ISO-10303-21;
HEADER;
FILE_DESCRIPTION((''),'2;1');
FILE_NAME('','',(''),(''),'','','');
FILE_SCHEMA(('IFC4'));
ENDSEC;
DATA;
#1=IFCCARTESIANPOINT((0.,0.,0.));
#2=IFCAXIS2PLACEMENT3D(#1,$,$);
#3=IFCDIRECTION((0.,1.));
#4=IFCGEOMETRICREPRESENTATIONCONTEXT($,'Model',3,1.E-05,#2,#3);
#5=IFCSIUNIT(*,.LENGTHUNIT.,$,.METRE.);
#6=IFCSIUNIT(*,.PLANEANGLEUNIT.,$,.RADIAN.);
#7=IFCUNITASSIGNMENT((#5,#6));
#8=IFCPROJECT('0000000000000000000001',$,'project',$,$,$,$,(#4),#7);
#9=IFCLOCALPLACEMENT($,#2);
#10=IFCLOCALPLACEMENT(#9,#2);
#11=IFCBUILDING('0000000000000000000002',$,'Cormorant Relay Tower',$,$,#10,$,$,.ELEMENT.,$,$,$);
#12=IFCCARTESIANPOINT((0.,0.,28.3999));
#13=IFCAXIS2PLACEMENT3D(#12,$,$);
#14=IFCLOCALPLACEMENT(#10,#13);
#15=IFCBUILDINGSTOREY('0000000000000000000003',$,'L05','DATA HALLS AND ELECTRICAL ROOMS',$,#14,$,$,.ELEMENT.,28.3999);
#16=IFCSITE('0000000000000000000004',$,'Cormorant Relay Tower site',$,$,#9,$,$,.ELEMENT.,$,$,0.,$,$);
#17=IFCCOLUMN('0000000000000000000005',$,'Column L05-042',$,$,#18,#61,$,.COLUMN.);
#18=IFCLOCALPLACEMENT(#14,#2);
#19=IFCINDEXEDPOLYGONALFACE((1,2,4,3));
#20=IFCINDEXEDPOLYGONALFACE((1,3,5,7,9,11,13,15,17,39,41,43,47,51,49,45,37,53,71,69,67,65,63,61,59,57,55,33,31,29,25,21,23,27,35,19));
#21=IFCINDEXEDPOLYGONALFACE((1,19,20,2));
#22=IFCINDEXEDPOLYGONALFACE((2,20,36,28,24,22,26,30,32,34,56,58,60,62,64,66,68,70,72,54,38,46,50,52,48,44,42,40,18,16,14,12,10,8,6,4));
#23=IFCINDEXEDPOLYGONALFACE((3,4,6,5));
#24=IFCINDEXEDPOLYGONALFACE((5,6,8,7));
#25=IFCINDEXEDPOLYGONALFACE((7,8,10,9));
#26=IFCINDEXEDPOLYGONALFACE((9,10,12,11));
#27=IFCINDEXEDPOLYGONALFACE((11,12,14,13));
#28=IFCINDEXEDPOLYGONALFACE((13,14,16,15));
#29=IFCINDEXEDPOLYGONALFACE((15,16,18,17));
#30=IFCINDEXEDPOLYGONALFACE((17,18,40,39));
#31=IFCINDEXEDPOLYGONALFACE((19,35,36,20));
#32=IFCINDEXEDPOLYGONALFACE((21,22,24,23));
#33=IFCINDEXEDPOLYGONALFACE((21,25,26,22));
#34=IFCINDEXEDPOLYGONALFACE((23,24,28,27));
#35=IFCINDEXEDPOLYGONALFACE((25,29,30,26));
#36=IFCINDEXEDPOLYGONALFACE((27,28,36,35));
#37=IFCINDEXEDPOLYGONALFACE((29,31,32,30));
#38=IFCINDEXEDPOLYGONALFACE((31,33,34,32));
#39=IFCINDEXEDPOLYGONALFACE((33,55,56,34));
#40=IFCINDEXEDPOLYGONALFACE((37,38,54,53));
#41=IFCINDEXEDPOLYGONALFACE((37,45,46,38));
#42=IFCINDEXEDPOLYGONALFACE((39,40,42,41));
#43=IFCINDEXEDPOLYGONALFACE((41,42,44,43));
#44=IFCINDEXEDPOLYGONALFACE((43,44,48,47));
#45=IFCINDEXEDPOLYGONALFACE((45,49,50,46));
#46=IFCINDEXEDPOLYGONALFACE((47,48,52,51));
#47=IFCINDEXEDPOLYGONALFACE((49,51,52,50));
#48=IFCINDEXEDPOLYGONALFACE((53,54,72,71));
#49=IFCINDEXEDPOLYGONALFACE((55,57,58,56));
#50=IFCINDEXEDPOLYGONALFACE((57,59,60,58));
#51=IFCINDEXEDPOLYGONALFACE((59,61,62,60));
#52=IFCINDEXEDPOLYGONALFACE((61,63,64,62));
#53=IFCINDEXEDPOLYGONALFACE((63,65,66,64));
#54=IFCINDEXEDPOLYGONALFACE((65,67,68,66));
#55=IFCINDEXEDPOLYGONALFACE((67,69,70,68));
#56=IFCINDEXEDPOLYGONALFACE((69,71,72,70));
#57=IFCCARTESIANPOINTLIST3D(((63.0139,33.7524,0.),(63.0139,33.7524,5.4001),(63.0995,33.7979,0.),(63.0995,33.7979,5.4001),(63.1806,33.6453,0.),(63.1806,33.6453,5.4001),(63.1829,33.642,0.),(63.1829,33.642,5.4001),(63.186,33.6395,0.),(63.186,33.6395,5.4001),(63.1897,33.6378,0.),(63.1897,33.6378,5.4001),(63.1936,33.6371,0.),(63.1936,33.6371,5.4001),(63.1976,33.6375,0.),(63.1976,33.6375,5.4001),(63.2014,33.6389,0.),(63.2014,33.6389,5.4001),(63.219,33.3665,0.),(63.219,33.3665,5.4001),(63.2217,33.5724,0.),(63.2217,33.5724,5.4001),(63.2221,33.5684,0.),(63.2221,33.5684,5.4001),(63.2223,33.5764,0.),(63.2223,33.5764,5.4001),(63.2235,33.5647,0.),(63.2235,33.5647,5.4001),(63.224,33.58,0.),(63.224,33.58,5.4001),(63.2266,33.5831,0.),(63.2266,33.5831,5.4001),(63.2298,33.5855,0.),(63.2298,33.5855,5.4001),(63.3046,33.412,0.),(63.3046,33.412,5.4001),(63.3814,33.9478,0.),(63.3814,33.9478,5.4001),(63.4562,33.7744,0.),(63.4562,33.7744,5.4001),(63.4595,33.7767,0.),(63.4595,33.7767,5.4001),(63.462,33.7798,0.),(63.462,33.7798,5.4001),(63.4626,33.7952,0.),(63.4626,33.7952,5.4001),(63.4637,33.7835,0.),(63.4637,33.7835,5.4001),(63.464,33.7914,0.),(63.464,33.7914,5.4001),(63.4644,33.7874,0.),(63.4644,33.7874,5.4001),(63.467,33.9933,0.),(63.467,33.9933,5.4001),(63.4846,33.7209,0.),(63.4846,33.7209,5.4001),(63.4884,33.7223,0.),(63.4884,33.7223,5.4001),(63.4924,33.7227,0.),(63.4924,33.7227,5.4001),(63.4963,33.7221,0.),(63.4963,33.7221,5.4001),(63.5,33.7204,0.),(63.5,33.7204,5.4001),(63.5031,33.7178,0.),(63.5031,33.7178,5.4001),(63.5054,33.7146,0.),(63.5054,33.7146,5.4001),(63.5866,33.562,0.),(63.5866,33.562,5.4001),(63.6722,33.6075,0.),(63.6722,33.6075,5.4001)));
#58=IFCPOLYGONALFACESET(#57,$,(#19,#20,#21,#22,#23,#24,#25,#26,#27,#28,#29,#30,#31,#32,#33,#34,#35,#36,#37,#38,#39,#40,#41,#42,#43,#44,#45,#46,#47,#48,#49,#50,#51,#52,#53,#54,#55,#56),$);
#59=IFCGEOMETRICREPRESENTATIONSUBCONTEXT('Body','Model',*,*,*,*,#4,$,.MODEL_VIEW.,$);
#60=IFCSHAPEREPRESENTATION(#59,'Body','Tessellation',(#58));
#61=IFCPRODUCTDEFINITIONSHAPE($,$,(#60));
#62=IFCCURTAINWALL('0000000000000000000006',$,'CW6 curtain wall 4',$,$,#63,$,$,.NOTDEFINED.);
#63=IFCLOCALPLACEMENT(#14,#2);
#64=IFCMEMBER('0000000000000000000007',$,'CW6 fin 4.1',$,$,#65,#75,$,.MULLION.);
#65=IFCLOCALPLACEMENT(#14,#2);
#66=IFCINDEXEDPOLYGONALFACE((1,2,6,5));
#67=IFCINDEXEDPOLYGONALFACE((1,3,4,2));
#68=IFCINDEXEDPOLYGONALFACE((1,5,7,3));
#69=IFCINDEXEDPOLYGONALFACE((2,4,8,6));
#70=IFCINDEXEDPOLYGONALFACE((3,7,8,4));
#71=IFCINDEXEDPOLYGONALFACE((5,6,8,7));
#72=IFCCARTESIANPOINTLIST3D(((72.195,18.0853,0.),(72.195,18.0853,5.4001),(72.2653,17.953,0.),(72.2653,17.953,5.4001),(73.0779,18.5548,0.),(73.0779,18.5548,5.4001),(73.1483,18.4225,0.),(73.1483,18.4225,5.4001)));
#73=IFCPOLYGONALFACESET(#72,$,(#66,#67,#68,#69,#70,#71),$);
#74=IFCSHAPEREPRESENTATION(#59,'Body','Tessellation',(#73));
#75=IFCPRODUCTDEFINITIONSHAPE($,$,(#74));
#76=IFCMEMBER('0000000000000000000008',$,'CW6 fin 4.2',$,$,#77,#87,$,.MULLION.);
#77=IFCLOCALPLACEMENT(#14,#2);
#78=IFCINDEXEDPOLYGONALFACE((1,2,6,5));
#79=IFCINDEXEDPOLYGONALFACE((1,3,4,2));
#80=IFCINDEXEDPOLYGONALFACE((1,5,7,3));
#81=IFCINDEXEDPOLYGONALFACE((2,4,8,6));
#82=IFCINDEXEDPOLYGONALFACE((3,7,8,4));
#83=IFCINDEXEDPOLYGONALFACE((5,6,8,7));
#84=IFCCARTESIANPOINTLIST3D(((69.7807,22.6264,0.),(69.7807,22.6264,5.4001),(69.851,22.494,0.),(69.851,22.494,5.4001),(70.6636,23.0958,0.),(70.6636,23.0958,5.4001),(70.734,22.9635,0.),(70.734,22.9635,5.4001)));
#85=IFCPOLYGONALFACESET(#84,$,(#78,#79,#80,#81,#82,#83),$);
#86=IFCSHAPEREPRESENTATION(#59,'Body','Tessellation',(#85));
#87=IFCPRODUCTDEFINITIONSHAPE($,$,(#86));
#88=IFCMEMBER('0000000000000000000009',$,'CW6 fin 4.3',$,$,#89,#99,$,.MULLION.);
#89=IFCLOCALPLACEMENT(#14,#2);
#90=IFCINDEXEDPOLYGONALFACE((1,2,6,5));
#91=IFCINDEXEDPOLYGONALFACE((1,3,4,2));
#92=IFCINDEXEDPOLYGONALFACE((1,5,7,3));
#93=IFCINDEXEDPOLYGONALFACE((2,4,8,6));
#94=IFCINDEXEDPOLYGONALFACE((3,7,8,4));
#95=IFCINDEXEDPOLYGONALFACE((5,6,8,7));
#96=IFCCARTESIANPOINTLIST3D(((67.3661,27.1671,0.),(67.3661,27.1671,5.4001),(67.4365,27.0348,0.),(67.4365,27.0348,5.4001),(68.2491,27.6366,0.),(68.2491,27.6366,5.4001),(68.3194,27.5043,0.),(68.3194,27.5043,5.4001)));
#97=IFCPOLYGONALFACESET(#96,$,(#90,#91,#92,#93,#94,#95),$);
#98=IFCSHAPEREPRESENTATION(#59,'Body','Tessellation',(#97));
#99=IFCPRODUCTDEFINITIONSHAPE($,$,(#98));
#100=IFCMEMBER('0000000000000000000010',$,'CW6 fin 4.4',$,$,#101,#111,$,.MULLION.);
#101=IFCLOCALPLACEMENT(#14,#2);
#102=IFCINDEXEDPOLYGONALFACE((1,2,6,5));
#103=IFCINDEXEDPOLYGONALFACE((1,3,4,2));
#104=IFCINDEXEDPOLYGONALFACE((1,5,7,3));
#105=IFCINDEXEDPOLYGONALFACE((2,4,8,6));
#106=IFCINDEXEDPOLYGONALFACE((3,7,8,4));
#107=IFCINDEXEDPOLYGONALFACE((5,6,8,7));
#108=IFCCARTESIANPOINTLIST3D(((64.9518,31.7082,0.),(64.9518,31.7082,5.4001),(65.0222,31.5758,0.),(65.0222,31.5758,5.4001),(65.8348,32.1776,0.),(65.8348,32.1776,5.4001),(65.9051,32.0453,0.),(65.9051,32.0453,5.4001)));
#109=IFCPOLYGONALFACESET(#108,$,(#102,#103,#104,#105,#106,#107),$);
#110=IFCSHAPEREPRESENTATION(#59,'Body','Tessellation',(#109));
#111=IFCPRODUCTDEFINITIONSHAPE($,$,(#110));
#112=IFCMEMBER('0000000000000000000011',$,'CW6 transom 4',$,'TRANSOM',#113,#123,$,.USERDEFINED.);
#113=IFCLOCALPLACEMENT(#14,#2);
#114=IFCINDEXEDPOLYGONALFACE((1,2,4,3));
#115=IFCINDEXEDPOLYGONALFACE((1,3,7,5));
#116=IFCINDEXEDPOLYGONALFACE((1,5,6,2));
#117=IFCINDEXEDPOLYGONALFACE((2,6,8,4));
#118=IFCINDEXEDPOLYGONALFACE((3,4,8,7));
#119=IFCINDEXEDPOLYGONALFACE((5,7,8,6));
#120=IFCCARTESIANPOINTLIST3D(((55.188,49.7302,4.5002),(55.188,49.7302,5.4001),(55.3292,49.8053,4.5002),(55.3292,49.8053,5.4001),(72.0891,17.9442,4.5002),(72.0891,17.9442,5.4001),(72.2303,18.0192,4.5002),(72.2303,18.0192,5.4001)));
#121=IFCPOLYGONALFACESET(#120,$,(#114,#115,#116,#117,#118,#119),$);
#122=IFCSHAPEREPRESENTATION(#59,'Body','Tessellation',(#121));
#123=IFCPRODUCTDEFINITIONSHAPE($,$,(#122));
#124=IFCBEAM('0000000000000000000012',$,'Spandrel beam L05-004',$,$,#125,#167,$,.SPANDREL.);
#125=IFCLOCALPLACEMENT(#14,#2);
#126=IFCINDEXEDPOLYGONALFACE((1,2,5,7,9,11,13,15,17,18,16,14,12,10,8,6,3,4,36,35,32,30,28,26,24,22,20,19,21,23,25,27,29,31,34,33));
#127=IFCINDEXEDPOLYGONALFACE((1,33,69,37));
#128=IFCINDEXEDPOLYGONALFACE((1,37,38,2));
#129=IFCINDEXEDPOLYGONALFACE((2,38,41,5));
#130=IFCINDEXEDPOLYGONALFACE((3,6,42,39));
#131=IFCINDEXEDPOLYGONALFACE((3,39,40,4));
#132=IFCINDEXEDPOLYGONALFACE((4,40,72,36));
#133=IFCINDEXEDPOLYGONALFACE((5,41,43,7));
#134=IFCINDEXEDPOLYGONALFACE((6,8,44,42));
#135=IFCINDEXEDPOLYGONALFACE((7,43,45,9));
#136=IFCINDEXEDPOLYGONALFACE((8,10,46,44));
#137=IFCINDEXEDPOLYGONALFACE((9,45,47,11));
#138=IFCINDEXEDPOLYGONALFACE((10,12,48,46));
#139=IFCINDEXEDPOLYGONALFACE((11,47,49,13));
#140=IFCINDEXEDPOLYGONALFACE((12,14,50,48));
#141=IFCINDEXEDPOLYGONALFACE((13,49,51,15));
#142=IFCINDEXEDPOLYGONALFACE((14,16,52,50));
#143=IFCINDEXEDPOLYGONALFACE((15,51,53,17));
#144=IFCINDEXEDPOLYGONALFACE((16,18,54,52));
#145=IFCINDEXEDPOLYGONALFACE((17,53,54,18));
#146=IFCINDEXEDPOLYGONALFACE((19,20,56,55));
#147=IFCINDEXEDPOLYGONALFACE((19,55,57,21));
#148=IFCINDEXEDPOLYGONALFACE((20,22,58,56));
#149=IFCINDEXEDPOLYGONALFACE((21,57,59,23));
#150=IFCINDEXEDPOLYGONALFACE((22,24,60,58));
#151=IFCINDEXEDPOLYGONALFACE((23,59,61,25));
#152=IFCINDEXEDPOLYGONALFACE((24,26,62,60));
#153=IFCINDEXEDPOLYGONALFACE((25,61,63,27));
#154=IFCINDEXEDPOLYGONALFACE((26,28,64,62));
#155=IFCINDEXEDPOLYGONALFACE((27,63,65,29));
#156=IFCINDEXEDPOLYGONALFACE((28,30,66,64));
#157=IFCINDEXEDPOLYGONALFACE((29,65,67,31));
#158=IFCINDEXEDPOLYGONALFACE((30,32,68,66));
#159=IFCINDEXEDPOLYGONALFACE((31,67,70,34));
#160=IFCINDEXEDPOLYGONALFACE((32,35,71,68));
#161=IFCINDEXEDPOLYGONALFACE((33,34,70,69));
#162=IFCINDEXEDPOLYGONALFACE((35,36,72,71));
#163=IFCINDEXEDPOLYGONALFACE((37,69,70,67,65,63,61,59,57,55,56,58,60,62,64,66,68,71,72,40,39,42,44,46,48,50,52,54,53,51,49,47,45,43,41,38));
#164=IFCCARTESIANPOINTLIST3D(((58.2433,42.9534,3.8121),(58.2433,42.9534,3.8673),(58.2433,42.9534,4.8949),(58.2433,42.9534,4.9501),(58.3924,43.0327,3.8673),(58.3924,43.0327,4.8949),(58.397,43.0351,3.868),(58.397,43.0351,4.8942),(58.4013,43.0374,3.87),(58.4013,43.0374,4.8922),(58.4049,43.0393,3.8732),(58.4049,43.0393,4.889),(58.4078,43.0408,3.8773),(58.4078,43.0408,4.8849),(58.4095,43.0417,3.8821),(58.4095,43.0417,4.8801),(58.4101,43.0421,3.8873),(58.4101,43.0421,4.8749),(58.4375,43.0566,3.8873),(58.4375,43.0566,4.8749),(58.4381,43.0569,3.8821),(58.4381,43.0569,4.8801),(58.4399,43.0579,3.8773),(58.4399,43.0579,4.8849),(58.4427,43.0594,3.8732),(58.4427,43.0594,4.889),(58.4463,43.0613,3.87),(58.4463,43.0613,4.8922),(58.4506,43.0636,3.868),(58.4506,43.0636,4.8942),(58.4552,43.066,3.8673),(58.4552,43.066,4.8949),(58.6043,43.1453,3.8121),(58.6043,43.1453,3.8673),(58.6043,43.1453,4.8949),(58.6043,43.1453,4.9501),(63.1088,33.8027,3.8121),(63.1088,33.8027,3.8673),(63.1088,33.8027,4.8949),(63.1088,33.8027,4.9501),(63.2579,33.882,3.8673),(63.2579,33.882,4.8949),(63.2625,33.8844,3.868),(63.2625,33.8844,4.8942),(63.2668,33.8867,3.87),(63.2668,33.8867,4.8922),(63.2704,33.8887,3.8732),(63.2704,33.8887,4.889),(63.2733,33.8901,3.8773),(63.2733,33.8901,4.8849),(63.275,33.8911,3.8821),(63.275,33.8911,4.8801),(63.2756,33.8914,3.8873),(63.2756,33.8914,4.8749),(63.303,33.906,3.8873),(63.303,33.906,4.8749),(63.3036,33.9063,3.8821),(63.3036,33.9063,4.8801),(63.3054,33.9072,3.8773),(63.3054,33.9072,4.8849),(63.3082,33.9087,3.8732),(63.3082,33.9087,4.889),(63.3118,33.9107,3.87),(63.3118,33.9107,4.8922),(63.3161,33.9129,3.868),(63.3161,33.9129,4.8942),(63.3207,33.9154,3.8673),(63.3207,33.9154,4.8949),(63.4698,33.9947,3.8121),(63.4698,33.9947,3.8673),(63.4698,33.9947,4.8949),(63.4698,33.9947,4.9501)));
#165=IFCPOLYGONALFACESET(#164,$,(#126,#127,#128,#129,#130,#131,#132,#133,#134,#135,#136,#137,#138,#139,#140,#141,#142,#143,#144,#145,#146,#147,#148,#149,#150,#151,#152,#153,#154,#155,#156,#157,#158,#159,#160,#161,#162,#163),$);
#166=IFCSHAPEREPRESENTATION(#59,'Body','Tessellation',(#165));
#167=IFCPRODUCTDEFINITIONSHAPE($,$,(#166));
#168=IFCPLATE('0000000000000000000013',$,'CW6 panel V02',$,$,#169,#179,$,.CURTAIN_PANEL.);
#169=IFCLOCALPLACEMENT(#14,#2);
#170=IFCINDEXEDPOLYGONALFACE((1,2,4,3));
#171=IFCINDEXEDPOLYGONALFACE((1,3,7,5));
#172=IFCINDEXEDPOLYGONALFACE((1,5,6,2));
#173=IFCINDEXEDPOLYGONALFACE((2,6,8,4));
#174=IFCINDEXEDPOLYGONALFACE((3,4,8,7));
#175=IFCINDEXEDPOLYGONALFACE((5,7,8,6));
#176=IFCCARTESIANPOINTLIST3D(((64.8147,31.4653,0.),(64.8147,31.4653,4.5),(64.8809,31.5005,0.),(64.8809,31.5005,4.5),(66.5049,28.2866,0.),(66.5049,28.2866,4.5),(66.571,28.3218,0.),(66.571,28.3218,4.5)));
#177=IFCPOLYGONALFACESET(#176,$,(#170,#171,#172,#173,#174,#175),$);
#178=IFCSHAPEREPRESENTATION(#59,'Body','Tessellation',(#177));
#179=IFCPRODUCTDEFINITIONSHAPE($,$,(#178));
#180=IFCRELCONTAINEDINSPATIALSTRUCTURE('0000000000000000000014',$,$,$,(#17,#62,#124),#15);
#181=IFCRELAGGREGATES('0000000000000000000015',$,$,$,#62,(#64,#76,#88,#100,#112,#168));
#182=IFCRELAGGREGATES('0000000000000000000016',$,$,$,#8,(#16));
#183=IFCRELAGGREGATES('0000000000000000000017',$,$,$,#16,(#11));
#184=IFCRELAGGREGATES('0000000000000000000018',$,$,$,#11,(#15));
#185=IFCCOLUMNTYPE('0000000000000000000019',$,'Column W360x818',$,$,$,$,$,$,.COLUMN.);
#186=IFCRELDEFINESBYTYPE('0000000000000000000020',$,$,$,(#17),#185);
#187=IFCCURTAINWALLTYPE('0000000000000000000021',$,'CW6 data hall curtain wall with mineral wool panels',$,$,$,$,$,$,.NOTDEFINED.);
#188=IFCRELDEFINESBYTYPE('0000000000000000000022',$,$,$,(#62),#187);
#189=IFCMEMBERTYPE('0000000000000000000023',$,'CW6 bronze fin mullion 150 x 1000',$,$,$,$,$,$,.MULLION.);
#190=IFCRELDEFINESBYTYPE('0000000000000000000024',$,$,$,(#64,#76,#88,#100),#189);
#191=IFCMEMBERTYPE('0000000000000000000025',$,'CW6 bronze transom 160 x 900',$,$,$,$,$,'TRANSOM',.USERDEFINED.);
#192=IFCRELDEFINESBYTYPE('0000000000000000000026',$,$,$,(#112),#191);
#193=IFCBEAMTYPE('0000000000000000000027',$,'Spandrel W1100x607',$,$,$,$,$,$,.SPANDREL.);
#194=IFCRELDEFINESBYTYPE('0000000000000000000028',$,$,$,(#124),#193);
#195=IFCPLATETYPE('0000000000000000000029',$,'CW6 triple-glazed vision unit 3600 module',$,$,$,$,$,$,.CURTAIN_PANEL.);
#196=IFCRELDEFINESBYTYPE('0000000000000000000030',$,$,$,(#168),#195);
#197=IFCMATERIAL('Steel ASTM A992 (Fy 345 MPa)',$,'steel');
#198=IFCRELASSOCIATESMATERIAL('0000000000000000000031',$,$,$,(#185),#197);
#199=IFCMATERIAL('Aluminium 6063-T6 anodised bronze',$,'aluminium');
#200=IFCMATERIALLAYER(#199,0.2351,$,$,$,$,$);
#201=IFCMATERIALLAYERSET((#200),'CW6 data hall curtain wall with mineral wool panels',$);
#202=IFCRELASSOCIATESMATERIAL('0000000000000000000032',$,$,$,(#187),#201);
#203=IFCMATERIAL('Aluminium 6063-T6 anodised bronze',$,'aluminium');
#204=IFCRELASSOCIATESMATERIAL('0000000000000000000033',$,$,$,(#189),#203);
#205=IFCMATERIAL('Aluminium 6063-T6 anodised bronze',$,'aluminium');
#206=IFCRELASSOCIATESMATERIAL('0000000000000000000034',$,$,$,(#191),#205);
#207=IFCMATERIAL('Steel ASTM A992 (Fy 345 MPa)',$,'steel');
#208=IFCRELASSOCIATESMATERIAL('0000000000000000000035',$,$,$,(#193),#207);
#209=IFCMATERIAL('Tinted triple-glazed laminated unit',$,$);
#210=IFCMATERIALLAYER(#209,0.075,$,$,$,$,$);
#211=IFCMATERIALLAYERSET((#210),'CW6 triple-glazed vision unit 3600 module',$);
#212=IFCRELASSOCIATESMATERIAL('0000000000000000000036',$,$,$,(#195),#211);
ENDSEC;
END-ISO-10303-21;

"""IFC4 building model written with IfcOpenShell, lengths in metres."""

from ifc_helpers import new_model, si_unit, direction, frame, origin, origin_2d, place, context, subcontext, project, spatial, rectangle, i_section, extrude, material, layer, layer_set, material_profile, profile_set, type_object, element, aggregate, save


model = new_model("IFC4")

# Units and contexts
model_context = context("Model", 3, precision=1e-05, world=origin(), true_north=direction((0.0, 1.0)))
body_context = subcontext(model_context, "Body", "Model", "MODEL_VIEW")
ifc_project = project(units=[si_unit("LENGTHUNIT", "METRE"), si_unit("PLANEANGLEUNIT", "RADIAN")], contexts=[model_context])

# Site, building, storey
site_placement = place(None, origin())
site = spatial("IfcSite", under=ifc_project, at=site_placement, Name="Cormorant Relay Tower site", CompositionType="ELEMENT", RefElevation=0.0)
building_placement = place(site_placement, origin())
building = spatial("IfcBuilding", under=site, at=building_placement, Name="Cormorant Relay Tower", CompositionType="ELEMENT")
storey_placement = place(building_placement, frame((0.0, 0.0, 28.3999)))
storey = spatial("IfcBuildingStorey", under=building, at=storey_placement, Name="L05", Description="DATA HALLS AND ELECTRICAL ROOMS", CompositionType="ELEMENT", Elevation=28.3999)

# Column
ifc_material_1 = material(Name="Steel ASTM A992 (Fy 345 MPa)", Category="steel")
ifc_material_profile_1 = material_profile(ifc_material_1, i_section(OverallWidth=0.437, OverallDepth=0.5132, WebThickness=0.0605, FlangeThickness=0.0969, FilletRadius=0.0154, at=origin_2d()), Name="W360x818")
ifc_profile_set_1 = profile_set([ifc_material_profile_1], Name="Steel ASTM A992 (Fy 345 MPa)")
column_type_1 = type_object("IfcColumnType", Name="Column W360x818", PredefinedType="COLUMN", material=ifc_profile_set_1)
for number, where, z_axis, x_axis, name in (
    (1, (63.343, 33.6799, 0.0), (0.0, 0.0, 1.0), (-0.469472, 0.882948, 0.0), "Column L05-042"),
):
    element("IfcColumn", number, at=place(storey_placement, frame(where, z_axis=z_axis, x_axis=x_axis)), inside=storey, type_object=column_type_1, Name=name, PredefinedType="COLUMN", context=body_context, shape_type="SweptSolid", body=[
        extrude(i_section(OverallWidth=0.437, OverallDepth=0.5132, WebThickness=0.0605, FlangeThickness=0.0969, FilletRadius=0.0154, at=origin_2d()), origin(), (0.0, 0.0, 1.0), 5.4001),
    ])

# Curtain wall, members
ifc_material_2 = material(Name="Aluminium 6063-T6 anodised bronze", Category="aluminium")
ifc_layer_1 = layer(ifc_material_2, 0.2351)
ifc_layer_set_1 = layer_set([ifc_layer_1], Name="CW6 data hall curtain wall with mineral wool panels")
curtain_wall_type = type_object("IfcCurtainWallType", Name="CW6 data hall curtain wall with mineral wool panels", PredefinedType="NOTDEFINED", material=ifc_layer_set_1)
curtain_wall_placement = place(storey_placement, origin())
curtain_wall = element("IfcCurtainWall", 2, at=curtain_wall_placement, inside=storey, type_object=curtain_wall_type, Name="CW6 curtain wall 4", PredefinedType="NOTDEFINED")
ifc_material_3 = material(Name="Aluminium 6063-T6 anodised bronze", Category="aluminium")
ifc_material_profile_2 = material_profile(ifc_material_3, rectangle(XDim=0.1499, YDim=1.0, at=origin_2d()), Name="AL 150x1000")
ifc_profile_set_2 = profile_set([ifc_material_profile_2], Name="Aluminium 6063-T6 anodised bronze")
member_type_1 = type_object("IfcMemberType", Name="CW6 bronze fin mullion 150 x 1000", PredefinedType="MULLION", material=ifc_profile_set_2)
member_1_placement = place(storey_placement, frame((72.6716, 18.2539, 0.0), z_axis=(0.0, 0.0, 1.0), x_axis=(-0.469472, 0.882948, 0.0)))
member_1 = element("IfcMember", 3, at=member_1_placement, type_object=member_type_1, Name="CW6 fin 4.1", PredefinedType="MULLION", context=body_context, shape_type="SweptSolid", body=[
    extrude(rectangle(XDim=0.1499, YDim=1.0, at=origin_2d()), origin(), (0.0, 0.0, 1.0), 5.4001),
])
member_2_placement = place(storey_placement, frame((70.2573, 22.7949, 0.0), z_axis=(0.0, 0.0, 1.0), x_axis=(-0.469472, 0.882948, 0.0)))
member_2 = element("IfcMember", 4, at=member_2_placement, type_object=member_type_1, Name="CW6 fin 4.2", PredefinedType="MULLION", context=body_context, shape_type="SweptSolid", body=[
    extrude(rectangle(XDim=0.1499, YDim=1.0, at=origin_2d()), origin(), (0.0, 0.0, 1.0), 5.4001),
])
member_3_placement = place(storey_placement, frame((67.8428, 27.3357, 0.0), z_axis=(0.0, 0.0, 1.0), x_axis=(-0.469472, 0.882948, 0.0)))
member_3 = element("IfcMember", 5, at=member_3_placement, type_object=member_type_1, Name="CW6 fin 4.3", PredefinedType="MULLION", context=body_context, shape_type="SweptSolid", body=[
    extrude(rectangle(XDim=0.1499, YDim=1.0, at=origin_2d()), origin(), (0.0, 0.0, 1.0), 5.4001),
])
member_4_placement = place(storey_placement, frame((65.4285, 31.8767, 0.0), z_axis=(0.0, 0.0, 1.0), x_axis=(-0.469472, 0.882948, 0.0)))
member_4 = element("IfcMember", 6, at=member_4_placement, type_object=member_type_1, Name="CW6 fin 4.4", PredefinedType="MULLION", context=body_context, shape_type="SweptSolid", body=[
    extrude(rectangle(XDim=0.1499, YDim=1.0, at=origin_2d()), origin(), (0.0, 0.0, 1.0), 5.4001),
])
ifc_material_4 = material(Name="Aluminium 6063-T6 anodised bronze", Category="aluminium")
ifc_material_profile_3 = material_profile(ifc_material_4, rectangle(XDim=0.1599, YDim=0.8999, at=origin_2d()), Name="AL 160x900")
ifc_profile_set_3 = profile_set([ifc_material_profile_3], Name="Aluminium 6063-T6 anodised bronze")
member_type_2 = type_object("IfcMemberType", Name="CW6 bronze transom 160 x 900", ElementType="TRANSOM", PredefinedType="USERDEFINED", material=ifc_profile_set_3)
member_5_placement = place(storey_placement, frame((72.1597, 17.9817, 4.9502), z_axis=(-0.469475, 0.882946, 0.0), x_axis=(-0.882946, -0.469475, 0.0)))
member_5 = element("IfcMember", 7, at=member_5_placement, type_object=member_type_2, Name="CW6 transom 4", ObjectType="TRANSOM", PredefinedType="USERDEFINED", context=body_context, shape_type="SweptSolid", body=[
    extrude(rectangle(XDim=0.1599, YDim=0.8999, at=origin_2d()), origin(), (0.0, 0.0, 1.0), 36.0),
])

# Beam
ifc_material_5 = material(Name="Steel ASTM A992 (Fy 345 MPa)", Category="steel")
ifc_material_profile_4 = material_profile(ifc_material_5, i_section(OverallWidth=0.4089, OverallDepth=1.1379, WebThickness=0.031, FlangeThickness=0.0552, FilletRadius=0.02, at=origin_2d()), Name="W1100x607")
ifc_profile_set_4 = profile_set([ifc_material_profile_4], Name="Steel ASTM A992 (Fy 345 MPa)")
beam_type = type_object("IfcBeamType", Name="Spandrel W1100x607", PredefinedType="SPANDREL", material=ifc_profile_set_4)
beam_placement = place(storey_placement, frame((63.2893, 33.8987, 4.3811), z_axis=(-0.469472, 0.882948, 0.0), x_axis=(-0.882948, -0.469472, 0.0)))
element("IfcBeam", 8, at=beam_placement, inside=storey, type_object=beam_type, Name="Spandrel beam L05-004", PredefinedType="SPANDREL", context=body_context, shape_type="SweptSolid", body=[
    extrude(i_section(OverallWidth=0.4089, OverallDepth=1.1379, WebThickness=0.031, FlangeThickness=0.0552, FilletRadius=0.02, at=origin_2d()), origin(), (0.0, 0.0, 1.0), 10.3638),
])

# Plate
ifc_material_6 = material(Name="Tinted triple-glazed laminated unit")
ifc_layer_2 = layer(ifc_material_6, 0.075)
ifc_layer_set_2 = layer_set([ifc_layer_2], Name="CW6 triple-glazed vision unit 3600 module")
plate_type = type_object("IfcPlateType", Name="CW6 triple-glazed vision unit 3600 module", PredefinedType="CURTAIN_PANEL", material=ifc_layer_set_2)
plate_placement = place(storey_placement, frame((65.6929, 29.8936, 0.0), z_axis=(0.0, 0.0, 1.0), x_axis=(-0.469472, 0.882948, 0.0)))
plate = element("IfcPlate", 9, at=plate_placement, type_object=plate_type, Name="CW6 panel V02", PredefinedType="CURTAIN_PANEL", context=body_context, shape_type="SweptSolid", body=[
    extrude(rectangle(XDim=3.6001, YDim=0.075, at=origin_2d()), origin(), (0.0, 0.0, 1.0), 4.5),
])

aggregate(curtain_wall, [member_1, member_2, member_3, member_4, member_5, plate])

save(model, "model.ifc")
